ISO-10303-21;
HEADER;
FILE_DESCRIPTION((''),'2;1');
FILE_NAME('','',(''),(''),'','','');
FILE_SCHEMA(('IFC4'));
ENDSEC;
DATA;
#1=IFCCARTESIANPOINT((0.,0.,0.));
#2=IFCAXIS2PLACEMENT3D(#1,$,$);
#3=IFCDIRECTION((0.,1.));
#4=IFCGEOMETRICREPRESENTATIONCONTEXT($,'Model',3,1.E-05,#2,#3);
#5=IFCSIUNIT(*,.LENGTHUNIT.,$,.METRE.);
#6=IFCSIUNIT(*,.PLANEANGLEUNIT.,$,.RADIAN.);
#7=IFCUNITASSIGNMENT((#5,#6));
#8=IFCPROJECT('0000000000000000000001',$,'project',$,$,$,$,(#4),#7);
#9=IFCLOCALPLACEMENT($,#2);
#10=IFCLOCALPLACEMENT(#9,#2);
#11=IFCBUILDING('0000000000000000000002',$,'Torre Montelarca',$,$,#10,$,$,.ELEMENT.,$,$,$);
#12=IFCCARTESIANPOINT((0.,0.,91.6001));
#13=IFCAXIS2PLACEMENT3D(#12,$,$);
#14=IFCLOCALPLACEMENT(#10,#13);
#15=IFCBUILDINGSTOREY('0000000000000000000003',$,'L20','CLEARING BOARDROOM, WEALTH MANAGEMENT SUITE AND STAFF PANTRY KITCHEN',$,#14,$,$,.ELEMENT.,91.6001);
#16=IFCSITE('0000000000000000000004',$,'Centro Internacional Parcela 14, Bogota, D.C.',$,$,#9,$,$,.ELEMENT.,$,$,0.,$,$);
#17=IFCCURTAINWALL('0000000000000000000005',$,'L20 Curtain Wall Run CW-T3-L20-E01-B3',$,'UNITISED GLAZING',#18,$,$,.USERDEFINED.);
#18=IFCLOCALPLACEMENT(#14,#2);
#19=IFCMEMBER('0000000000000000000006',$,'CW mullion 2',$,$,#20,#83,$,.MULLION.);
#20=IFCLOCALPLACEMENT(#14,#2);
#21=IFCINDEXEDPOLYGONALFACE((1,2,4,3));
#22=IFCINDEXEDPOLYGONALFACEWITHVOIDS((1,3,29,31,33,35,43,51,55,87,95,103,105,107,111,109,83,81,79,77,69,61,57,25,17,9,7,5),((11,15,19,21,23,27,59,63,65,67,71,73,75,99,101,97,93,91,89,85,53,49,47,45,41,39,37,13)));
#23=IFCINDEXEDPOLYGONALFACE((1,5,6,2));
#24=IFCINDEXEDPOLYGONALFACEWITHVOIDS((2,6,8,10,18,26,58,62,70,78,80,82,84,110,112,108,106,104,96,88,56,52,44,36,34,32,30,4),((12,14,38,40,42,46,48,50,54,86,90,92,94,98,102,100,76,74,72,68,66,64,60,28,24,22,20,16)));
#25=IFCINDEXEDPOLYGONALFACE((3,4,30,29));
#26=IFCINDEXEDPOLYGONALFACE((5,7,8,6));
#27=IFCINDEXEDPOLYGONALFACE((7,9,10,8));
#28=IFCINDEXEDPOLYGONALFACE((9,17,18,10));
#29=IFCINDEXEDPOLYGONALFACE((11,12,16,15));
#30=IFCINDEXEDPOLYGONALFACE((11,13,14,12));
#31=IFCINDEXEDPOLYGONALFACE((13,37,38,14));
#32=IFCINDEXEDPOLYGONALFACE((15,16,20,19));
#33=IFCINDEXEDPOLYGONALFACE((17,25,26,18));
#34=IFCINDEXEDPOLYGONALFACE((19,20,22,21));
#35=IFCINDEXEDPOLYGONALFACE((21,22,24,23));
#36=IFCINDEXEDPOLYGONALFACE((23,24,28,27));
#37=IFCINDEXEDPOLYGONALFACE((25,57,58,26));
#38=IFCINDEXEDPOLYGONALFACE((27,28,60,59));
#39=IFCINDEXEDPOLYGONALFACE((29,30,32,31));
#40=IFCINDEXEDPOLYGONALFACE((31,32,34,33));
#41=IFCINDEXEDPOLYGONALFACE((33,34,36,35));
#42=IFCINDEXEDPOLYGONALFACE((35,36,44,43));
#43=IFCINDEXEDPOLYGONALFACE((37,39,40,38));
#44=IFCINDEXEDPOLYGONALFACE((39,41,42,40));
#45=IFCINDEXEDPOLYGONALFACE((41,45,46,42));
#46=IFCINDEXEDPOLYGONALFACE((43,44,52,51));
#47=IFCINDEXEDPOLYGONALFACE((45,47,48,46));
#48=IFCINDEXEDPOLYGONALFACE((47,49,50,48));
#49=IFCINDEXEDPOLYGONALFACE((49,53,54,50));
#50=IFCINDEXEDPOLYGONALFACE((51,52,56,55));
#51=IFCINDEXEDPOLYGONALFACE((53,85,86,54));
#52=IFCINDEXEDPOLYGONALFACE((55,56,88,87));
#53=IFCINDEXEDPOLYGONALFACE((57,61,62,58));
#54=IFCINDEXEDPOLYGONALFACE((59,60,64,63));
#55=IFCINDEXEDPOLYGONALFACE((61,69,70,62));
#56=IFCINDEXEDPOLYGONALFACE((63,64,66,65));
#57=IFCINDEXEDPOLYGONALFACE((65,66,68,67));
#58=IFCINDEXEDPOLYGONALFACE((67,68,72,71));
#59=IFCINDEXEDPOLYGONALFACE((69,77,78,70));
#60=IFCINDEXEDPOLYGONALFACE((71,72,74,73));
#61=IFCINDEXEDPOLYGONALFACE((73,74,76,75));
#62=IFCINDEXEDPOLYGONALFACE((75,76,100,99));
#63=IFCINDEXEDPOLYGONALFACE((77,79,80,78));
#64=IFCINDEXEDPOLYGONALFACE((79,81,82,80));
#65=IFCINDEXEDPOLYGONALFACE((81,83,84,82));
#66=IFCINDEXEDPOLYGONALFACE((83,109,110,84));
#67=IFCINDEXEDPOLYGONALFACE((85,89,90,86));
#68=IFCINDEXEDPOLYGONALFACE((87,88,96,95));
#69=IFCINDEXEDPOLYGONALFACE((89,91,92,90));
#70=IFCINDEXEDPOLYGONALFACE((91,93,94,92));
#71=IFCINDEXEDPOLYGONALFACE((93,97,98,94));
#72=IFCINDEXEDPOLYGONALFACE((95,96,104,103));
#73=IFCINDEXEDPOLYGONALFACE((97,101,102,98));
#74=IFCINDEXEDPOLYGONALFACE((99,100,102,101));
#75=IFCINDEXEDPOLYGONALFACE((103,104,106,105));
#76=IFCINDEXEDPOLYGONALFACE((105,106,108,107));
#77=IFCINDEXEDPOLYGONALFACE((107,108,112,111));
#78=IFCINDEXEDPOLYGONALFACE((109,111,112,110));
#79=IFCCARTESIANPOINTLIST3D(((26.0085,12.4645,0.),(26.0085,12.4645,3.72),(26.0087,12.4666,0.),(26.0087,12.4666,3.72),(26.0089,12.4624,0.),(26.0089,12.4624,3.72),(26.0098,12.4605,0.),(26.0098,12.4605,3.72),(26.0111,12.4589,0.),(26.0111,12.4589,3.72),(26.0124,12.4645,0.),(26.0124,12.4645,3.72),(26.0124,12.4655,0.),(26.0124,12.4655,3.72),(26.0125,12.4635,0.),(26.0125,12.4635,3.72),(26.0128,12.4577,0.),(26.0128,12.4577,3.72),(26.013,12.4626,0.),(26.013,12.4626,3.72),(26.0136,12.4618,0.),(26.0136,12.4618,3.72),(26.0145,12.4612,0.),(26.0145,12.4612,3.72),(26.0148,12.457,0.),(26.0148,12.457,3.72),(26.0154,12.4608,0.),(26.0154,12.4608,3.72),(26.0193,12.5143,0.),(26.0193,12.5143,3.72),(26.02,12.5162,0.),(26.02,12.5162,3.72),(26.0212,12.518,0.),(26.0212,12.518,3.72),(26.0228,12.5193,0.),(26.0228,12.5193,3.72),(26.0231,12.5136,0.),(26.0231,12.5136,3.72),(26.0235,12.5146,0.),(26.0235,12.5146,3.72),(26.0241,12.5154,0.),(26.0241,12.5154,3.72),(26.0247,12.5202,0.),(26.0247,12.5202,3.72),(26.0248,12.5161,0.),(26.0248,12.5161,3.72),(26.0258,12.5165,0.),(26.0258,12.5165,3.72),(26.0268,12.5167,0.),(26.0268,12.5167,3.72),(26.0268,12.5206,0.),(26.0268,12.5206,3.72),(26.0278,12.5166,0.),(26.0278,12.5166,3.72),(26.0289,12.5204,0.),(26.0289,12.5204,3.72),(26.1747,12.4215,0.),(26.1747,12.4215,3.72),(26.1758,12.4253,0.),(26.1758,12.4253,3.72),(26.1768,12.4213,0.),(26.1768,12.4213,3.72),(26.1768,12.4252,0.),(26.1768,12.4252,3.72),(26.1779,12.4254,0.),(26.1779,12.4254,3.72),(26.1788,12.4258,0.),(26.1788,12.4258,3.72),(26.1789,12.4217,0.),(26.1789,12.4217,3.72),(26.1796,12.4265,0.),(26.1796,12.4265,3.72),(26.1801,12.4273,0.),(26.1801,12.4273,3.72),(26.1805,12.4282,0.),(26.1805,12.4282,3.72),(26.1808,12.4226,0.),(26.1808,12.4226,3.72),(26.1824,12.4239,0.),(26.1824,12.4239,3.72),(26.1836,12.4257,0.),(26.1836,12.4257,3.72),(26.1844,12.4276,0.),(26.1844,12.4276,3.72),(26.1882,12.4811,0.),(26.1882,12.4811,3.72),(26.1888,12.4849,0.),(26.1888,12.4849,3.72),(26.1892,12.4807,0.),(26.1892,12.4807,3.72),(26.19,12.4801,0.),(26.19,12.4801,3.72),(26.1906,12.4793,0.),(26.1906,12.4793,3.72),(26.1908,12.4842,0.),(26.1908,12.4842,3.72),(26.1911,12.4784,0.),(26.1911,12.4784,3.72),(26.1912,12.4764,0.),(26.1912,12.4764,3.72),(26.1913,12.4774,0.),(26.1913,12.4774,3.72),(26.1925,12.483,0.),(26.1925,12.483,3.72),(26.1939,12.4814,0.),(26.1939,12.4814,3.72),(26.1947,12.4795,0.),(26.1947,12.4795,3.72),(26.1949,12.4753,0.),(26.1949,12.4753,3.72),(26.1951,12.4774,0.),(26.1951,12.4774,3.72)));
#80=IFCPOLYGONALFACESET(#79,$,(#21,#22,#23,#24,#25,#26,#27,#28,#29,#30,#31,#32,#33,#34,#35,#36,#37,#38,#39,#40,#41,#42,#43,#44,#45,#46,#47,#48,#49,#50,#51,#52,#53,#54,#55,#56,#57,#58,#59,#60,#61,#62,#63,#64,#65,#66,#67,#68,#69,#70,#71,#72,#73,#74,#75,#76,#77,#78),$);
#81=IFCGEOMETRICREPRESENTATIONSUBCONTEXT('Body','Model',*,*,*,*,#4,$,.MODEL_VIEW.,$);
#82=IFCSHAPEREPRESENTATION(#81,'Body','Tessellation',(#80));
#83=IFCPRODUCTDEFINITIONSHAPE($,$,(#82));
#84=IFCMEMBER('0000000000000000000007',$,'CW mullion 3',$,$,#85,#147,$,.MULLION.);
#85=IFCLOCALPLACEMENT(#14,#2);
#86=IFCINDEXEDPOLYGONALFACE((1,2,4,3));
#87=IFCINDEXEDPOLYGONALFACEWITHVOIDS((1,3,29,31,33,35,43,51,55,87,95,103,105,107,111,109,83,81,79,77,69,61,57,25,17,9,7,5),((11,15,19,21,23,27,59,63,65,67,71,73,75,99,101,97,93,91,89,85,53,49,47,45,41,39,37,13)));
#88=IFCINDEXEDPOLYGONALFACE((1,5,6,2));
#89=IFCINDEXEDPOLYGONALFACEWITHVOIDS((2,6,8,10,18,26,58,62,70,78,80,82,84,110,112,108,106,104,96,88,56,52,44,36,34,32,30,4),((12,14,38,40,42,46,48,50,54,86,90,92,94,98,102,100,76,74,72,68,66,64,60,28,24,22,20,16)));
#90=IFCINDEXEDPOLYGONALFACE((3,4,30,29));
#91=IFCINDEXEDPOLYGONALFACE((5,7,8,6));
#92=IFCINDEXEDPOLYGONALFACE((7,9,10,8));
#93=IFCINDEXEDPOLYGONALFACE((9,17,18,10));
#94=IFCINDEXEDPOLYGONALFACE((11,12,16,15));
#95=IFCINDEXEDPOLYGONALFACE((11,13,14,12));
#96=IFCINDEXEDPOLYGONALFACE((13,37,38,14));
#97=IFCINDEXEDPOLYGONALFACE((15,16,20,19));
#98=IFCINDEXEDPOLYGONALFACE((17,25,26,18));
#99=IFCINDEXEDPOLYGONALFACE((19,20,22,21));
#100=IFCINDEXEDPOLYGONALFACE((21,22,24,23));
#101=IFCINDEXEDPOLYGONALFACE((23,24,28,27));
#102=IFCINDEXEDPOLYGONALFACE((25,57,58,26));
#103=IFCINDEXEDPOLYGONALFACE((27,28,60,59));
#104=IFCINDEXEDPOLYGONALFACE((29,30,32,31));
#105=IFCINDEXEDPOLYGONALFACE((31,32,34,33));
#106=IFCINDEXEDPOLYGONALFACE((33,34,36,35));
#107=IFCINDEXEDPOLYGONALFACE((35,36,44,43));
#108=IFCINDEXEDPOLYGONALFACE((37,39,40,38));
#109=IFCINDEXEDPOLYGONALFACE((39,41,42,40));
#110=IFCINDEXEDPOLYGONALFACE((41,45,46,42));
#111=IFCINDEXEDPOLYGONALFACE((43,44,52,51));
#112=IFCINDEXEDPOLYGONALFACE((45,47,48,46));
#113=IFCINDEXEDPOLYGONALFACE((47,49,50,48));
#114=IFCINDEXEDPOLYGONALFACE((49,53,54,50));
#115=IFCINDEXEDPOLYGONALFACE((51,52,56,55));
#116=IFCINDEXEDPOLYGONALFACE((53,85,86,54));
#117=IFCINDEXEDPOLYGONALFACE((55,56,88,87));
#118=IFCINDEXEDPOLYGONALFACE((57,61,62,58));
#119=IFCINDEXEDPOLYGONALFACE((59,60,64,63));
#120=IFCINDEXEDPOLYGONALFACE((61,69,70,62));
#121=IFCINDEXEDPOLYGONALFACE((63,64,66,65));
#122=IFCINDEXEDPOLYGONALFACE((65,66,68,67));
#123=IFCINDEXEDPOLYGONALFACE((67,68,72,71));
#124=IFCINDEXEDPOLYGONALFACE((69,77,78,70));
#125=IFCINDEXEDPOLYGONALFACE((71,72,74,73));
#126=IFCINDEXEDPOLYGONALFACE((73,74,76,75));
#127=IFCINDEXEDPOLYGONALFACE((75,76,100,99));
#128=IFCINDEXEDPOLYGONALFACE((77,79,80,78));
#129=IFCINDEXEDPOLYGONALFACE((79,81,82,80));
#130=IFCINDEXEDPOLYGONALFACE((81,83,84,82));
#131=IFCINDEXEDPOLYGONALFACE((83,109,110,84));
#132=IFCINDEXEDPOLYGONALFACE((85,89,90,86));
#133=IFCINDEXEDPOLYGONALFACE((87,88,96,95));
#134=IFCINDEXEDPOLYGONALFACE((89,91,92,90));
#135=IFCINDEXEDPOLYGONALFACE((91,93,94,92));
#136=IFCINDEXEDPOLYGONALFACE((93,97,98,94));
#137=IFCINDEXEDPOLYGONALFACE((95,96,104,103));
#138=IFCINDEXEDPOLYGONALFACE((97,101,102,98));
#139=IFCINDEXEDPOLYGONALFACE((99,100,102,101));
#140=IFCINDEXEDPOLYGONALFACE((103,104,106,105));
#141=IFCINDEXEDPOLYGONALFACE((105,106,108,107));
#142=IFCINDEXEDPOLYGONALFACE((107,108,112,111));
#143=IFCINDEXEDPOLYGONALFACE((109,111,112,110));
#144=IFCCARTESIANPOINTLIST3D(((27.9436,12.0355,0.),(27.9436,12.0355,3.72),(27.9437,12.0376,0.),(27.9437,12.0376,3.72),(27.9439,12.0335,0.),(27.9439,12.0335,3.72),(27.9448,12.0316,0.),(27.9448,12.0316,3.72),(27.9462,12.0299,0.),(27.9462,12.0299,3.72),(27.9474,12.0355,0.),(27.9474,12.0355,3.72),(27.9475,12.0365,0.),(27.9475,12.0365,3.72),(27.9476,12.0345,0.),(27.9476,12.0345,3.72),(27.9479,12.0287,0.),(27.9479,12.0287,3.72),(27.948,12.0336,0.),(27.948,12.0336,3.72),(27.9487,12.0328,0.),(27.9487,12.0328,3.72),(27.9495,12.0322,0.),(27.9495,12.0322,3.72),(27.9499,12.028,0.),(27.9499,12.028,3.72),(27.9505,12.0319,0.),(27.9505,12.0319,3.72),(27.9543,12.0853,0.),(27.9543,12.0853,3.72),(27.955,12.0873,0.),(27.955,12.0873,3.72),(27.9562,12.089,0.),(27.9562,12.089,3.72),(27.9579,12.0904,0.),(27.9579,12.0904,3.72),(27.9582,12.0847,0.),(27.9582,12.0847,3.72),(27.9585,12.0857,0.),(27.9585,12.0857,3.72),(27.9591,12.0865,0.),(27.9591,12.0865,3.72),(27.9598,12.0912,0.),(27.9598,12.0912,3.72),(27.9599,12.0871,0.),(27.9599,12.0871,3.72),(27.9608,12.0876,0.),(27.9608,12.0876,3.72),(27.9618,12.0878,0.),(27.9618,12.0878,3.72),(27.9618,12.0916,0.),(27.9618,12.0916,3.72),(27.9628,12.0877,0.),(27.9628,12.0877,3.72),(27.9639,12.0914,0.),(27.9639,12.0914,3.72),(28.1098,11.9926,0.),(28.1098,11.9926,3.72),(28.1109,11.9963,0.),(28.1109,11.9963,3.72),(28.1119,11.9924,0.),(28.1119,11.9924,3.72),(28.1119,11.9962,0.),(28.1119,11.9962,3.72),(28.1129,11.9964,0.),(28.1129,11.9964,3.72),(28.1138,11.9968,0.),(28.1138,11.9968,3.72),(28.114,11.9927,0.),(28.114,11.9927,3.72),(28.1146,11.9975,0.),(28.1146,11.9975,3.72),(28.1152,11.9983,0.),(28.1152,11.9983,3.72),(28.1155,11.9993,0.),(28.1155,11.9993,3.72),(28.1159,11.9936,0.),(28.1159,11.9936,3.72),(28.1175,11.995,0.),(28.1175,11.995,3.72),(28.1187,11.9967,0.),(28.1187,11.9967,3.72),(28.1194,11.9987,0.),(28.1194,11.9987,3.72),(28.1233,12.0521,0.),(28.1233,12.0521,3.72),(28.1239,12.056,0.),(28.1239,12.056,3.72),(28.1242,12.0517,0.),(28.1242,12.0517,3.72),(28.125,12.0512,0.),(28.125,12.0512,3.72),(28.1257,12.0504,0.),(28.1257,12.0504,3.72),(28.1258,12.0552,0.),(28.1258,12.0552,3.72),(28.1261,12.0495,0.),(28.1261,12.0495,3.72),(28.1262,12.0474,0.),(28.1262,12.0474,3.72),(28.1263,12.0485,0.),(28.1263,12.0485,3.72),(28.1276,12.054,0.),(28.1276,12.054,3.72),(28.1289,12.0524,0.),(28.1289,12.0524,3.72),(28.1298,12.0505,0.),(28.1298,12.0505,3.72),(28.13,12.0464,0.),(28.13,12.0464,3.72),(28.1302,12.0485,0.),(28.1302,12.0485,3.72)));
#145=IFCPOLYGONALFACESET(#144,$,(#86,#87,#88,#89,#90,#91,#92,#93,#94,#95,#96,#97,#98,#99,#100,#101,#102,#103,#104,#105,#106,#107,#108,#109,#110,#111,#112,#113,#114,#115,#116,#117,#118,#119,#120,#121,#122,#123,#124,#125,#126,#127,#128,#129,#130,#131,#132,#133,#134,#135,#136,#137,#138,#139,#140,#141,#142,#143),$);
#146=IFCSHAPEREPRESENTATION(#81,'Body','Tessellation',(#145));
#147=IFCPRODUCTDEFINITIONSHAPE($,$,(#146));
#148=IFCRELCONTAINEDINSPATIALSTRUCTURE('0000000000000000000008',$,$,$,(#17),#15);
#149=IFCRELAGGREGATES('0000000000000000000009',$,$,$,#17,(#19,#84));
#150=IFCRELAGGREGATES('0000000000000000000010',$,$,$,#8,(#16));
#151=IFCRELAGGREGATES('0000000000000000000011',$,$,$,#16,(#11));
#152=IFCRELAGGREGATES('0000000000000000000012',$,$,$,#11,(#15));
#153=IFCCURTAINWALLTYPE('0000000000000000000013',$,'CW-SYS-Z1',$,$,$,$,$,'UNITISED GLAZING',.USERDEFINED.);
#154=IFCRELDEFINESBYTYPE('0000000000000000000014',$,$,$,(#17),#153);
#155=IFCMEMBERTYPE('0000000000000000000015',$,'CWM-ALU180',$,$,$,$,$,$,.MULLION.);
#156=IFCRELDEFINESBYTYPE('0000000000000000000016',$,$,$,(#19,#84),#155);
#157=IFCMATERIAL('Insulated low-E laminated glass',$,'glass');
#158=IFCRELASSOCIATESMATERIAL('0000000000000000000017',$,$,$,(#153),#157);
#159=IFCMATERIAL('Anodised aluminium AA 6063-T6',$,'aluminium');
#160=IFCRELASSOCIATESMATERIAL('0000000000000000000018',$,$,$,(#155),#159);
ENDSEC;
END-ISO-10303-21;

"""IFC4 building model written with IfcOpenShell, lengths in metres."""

from ifc_helpers import new_model, si_unit, direction, frame, origin, origin_2d, place, context, subcontext, project, spatial, hollow_rectangle, extrude, source, transform, mapped, material, material_profile, profile_set, type_object, element, aggregate, save


model = new_model("IFC4")

# Units and contexts
model_context = context("Model", 3, precision=1e-05, world=origin(), true_north=direction((0.0, 1.0)))
body_context = subcontext(model_context, "Body", "Model", "MODEL_VIEW")
ifc_project = project(units=[si_unit("LENGTHUNIT", "METRE"), si_unit("PLANEANGLEUNIT", "RADIAN")], contexts=[model_context])

# Site, building, storey
site_placement = place(None, origin())
site = spatial("IfcSite", under=ifc_project, at=site_placement, Name="Centro Internacional Parcela 14, Bogota, D.C.", CompositionType="ELEMENT", RefElevation=0.0)
building_placement = place(site_placement, origin())
building = spatial("IfcBuilding", under=site, at=building_placement, Name="Torre Montelarca", CompositionType="ELEMENT")
storey_placement = place(building_placement, frame((0.0, 0.0, 91.6001)))
storey = spatial("IfcBuildingStorey", under=building, at=storey_placement, Name="L20", Description="CLEARING BOARDROOM, WEALTH MANAGEMENT SUITE AND STAFF PANTRY KITCHEN", CompositionType="ELEMENT", Elevation=91.6001)

# Curtain wall
ifc_material_1 = material(Name="Insulated low-E laminated glass", Category="glass")
curtain_wall_type = type_object("IfcCurtainWallType", Name="CW-SYS-Z1", ElementType="UNITISED GLAZING", PredefinedType="USERDEFINED", material=ifc_material_1)
curtain_wall_1_placement = place(storey_placement, origin())
curtain_wall_1 = element("IfcCurtainWall", 1, at=curtain_wall_1_placement, inside=storey, type_object=curtain_wall_type, Name="L20 Curtain Wall Run CW-T3-L20-E01-B3", ObjectType="UNITISED GLAZING", PredefinedType="USERDEFINED")
ifc_material_2 = material(Name="Anodised aluminium AA 6063-T6", Category="aluminium")

# Shared definitions
ifc_material_profile_1 = material_profile(ifc_material_2, hollow_rectangle(XDim=0.0649, YDim=0.1799, WallThickness=0.0039, InnerFilletRadius=0.0039, OuterFilletRadius=0.0081, at=origin_2d()), Name="ALU65X180X4", Category="aluminium")
ifc_profile_set_1 = profile_set([ifc_material_profile_1], Name="Anodised aluminium AA 6063-T6")
member_type_1 = type_object("IfcMemberType", Name="CWM-ALU180", PredefinedType="MULLION", material=ifc_profile_set_1)
shared_shape_1 = source(origin(), body_context, "Body", "SweptSolid", [
    extrude(hollow_rectangle(XDim=0.0649, YDim=0.1799, WallThickness=0.0039, InnerFilletRadius=0.0039, OuterFilletRadius=0.0081, at=origin_2d()), origin(), (0.0, 0.0, 1.0), 3.72),
])

# Members
member_1_placement = place(storey_placement, frame((26.1018, 12.4709, 0.0), z_axis=(0.0, 0.0, 1.0), x_axis=(0.216444, 0.976295, 0.0)))
member_1 = element("IfcMember", 2, at=member_1_placement, type_object=member_type_1, Name="CW mullion 2", PredefinedType="MULLION", context=body_context, shape_type="MappedRepresentation", body=[
    mapped(shared_shape_1, transform((0.0, 0.0, 0.0), scale=1.0)),
])
member_2_placement = place(storey_placement, frame((28.0369, 12.042, 0.0), z_axis=(0.0, 0.0, 1.0), x_axis=(0.216444, 0.976295, 0.0)))
member_2 = element("IfcMember", 3, at=member_2_placement, type_object=member_type_1, Name="CW mullion 3", PredefinedType="MULLION", context=body_context, shape_type="MappedRepresentation", body=[
    mapped(shared_shape_1, transform((0.0, 0.0, 0.0), scale=1.0)),
])

aggregate(curtain_wall_1, [member_1, member_2])

save(model, "model.ifc")
